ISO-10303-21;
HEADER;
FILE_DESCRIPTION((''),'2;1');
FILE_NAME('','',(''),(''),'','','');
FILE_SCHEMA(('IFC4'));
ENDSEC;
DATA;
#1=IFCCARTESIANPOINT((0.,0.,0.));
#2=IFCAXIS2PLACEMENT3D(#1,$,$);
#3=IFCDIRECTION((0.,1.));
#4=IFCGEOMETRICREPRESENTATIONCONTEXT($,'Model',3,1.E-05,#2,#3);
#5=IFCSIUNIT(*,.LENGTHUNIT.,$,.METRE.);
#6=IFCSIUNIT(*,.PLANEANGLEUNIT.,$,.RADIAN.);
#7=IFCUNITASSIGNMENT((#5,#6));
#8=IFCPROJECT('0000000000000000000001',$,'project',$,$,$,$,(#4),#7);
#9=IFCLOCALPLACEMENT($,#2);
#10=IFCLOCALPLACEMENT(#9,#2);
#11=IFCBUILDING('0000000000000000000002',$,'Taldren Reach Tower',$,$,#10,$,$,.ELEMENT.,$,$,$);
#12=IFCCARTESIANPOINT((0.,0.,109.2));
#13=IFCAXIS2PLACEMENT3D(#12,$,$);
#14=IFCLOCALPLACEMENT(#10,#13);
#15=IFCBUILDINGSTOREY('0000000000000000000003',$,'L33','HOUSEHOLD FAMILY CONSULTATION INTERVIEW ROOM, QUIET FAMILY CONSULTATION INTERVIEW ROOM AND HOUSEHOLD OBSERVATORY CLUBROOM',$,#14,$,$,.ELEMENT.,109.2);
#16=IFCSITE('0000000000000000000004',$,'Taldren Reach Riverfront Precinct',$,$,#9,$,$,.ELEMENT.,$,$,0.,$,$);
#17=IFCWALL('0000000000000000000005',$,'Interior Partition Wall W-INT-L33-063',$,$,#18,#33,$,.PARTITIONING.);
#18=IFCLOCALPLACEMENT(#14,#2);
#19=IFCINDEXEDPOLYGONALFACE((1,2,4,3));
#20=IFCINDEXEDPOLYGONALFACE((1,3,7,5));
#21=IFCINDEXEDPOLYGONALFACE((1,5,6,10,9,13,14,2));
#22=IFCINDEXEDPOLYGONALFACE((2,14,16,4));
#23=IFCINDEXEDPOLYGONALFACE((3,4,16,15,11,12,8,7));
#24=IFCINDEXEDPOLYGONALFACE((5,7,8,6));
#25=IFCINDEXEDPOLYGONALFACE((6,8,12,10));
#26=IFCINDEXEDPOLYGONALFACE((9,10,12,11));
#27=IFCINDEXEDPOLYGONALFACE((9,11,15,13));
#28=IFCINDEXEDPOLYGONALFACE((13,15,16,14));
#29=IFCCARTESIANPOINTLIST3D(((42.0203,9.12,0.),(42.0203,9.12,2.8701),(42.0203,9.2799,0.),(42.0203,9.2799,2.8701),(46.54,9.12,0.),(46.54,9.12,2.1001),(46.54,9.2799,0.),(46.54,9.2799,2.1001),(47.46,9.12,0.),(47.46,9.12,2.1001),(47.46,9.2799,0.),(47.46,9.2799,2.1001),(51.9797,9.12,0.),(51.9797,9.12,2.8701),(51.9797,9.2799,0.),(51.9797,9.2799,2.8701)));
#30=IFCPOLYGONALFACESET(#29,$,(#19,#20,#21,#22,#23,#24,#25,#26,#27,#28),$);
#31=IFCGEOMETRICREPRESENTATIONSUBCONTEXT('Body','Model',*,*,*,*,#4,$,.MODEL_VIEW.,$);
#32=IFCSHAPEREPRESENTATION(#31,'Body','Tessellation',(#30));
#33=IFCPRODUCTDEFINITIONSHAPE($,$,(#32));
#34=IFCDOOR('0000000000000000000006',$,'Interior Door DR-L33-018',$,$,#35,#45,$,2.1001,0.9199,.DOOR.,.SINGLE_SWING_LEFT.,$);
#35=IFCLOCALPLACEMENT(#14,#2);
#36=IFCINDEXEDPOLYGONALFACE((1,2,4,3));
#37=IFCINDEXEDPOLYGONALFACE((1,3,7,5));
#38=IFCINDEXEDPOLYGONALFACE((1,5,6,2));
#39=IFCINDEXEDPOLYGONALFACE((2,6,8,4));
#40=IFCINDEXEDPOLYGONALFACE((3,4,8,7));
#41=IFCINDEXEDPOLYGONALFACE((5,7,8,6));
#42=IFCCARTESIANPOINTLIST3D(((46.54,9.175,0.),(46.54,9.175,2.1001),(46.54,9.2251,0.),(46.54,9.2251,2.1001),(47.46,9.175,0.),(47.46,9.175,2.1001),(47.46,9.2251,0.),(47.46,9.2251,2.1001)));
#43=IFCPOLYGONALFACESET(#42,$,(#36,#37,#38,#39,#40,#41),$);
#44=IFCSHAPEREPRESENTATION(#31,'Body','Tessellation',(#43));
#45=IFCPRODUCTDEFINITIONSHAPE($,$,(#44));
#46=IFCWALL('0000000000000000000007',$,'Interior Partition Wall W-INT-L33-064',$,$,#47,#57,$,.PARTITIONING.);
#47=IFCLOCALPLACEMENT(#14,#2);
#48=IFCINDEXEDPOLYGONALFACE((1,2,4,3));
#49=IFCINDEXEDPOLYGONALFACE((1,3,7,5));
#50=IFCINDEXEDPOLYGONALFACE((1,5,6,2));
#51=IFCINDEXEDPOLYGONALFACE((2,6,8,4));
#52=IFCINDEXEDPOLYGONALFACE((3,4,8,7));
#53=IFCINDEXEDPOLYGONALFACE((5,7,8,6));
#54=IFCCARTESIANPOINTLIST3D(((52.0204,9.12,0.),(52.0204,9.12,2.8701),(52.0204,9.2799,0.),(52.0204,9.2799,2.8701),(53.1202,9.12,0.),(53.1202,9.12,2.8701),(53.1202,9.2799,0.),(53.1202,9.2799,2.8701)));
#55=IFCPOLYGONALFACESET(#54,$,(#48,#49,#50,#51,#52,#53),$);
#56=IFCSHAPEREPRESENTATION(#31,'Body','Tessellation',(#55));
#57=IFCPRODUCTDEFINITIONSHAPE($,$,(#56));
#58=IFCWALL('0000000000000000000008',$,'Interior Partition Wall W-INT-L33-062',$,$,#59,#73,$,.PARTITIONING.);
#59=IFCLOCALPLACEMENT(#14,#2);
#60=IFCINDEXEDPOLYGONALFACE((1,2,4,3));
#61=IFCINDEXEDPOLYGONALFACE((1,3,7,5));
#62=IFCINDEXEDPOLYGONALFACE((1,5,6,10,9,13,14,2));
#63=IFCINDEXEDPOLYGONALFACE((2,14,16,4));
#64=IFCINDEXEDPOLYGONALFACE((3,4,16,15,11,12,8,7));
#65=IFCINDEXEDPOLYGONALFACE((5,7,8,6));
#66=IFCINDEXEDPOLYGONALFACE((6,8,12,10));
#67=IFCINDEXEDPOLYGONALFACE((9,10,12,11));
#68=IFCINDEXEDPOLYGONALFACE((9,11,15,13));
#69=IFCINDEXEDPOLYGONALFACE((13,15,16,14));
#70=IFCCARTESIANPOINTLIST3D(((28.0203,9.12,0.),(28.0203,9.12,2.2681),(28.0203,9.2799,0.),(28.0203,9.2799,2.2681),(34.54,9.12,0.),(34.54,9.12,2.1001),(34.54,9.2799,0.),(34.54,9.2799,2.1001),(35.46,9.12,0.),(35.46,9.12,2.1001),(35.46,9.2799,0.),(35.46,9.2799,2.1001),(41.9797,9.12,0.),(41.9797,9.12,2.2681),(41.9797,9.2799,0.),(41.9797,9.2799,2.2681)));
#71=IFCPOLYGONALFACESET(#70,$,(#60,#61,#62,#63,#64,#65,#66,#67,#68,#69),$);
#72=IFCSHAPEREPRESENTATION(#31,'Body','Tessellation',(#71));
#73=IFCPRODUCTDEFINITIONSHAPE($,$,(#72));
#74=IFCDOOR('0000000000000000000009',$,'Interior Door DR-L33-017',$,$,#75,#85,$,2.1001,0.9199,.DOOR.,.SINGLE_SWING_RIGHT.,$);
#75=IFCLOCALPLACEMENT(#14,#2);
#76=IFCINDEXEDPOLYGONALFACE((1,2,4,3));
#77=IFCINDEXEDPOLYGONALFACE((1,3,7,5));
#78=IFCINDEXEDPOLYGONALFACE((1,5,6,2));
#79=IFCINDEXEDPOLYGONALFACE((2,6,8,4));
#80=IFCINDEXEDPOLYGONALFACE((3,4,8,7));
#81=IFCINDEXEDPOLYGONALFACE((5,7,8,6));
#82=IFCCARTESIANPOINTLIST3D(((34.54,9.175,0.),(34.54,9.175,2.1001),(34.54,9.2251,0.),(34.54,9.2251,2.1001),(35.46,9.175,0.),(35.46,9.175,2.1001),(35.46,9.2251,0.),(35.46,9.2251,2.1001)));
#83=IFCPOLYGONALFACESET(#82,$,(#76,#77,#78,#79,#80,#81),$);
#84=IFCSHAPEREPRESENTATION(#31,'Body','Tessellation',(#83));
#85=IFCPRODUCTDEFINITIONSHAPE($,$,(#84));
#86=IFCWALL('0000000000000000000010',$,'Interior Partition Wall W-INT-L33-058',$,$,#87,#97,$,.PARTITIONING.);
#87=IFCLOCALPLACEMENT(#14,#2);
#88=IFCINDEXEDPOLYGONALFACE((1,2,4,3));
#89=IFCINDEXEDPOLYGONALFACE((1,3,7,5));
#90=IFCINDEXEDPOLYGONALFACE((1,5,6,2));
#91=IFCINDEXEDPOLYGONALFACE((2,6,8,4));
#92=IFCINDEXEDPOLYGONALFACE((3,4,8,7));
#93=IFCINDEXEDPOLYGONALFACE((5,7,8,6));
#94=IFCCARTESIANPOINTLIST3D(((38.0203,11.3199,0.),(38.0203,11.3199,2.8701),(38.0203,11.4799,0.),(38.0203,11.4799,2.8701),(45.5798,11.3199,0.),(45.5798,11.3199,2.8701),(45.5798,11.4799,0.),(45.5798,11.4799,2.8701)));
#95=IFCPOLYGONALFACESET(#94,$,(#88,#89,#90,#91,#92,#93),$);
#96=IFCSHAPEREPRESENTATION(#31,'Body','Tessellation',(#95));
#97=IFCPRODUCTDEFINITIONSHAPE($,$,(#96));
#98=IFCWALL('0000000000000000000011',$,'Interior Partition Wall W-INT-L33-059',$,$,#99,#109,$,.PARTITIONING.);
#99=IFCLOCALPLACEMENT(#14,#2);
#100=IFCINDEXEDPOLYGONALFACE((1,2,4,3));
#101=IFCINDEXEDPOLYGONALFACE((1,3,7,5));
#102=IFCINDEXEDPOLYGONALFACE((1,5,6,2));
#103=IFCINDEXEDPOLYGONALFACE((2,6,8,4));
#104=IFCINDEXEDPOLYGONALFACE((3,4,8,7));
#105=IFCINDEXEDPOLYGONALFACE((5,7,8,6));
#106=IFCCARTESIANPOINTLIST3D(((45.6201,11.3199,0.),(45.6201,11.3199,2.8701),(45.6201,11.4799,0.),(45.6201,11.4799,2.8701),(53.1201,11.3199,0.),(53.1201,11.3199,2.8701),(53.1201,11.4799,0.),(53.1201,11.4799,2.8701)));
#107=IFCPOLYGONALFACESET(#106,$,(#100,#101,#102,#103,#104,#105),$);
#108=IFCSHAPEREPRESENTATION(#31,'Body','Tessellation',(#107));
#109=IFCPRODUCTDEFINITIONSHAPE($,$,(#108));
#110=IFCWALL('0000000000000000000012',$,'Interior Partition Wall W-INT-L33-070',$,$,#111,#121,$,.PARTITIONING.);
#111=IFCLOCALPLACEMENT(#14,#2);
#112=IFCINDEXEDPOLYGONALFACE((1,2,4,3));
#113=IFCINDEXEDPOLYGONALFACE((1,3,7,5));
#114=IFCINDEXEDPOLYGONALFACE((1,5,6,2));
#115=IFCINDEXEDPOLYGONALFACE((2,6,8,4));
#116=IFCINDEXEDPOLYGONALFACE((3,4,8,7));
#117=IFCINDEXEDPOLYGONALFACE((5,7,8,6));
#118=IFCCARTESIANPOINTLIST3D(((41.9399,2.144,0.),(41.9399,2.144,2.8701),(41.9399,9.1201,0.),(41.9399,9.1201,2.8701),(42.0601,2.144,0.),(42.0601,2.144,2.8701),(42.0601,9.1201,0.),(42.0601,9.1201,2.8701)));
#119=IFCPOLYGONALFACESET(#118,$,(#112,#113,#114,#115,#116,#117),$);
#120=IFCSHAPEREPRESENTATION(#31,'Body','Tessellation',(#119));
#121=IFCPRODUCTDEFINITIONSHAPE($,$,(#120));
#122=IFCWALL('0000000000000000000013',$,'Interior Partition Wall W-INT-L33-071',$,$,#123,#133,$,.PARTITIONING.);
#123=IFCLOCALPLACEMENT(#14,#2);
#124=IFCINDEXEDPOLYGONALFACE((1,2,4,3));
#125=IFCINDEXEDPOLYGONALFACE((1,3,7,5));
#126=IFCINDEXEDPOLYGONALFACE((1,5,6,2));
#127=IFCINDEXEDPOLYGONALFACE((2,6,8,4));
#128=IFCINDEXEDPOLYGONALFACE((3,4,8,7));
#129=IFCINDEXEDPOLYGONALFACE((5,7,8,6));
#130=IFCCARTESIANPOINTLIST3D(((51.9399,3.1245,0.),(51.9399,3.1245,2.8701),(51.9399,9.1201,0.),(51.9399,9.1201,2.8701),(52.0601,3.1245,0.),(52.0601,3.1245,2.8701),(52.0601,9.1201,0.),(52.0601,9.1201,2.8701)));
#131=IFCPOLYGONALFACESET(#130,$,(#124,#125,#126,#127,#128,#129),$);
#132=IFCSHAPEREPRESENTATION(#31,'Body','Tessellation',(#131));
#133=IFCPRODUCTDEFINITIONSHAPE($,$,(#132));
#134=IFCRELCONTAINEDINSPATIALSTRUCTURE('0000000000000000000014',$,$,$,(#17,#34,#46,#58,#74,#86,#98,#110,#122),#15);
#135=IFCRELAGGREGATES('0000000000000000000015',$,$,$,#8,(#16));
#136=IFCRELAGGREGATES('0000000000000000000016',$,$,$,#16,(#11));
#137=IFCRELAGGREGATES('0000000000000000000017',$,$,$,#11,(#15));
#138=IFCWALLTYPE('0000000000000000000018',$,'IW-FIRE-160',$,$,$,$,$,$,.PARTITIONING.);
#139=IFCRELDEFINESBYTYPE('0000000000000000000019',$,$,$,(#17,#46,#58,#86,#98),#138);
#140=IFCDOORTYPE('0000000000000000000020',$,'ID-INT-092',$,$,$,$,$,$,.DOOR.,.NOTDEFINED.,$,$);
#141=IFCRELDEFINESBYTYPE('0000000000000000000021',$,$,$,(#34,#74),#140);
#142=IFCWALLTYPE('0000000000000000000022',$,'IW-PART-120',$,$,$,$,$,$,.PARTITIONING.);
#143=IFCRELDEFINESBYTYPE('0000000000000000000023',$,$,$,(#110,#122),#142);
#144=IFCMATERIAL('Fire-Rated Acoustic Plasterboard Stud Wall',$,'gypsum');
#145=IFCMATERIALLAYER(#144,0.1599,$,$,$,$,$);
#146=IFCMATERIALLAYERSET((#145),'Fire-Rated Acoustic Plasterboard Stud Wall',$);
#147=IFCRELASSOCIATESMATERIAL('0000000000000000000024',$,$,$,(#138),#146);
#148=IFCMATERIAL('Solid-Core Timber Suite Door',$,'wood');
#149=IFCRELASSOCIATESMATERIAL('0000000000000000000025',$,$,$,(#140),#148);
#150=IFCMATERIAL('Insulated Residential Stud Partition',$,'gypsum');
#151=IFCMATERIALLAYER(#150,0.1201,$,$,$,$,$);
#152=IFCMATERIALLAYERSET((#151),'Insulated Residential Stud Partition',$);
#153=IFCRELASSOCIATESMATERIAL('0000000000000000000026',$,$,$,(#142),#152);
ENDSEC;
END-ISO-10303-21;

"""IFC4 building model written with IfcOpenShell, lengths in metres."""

from ifc_helpers import new_model, si_unit, direction, frame, frame_2d, origin, place, context, subcontext, project, spatial, rectangle, extrude, source, transform, mapped, material, layer, layer_set, type_object, element, fill, save


model = new_model("IFC4")

# Units and contexts
model_context = context("Model", 3, precision=1e-05, world=origin(), true_north=direction((0.0, 1.0)))
body_context = subcontext(model_context, "Body", "Model", "MODEL_VIEW")
ifc_project = project(units=[si_unit("LENGTHUNIT", "METRE"), si_unit("PLANEANGLEUNIT", "RADIAN")], contexts=[model_context])

# Site, building, storey
site_placement = place(None, origin())
site = spatial("IfcSite", under=ifc_project, at=site_placement, Name="Taldren Reach Riverfront Precinct", CompositionType="ELEMENT", RefElevation=0.0)
building_placement = place(site_placement, origin())
building = spatial("IfcBuilding", under=site, at=building_placement, Name="Taldren Reach Tower", CompositionType="ELEMENT")
storey_placement = place(building_placement, frame((0.0, 0.0, 109.2)))
storey = spatial("IfcBuildingStorey", under=building, at=storey_placement, Name="L33", Description="HOUSEHOLD FAMILY CONSULTATION INTERVIEW ROOM, QUIET FAMILY CONSULTATION INTERVIEW ROOM AND HOUSEHOLD OBSERVATORY CLUBROOM", CompositionType="ELEMENT", Elevation=109.2)

# Wall, opening, door
ifc_material_1 = material(Name="Fire-Rated Acoustic Plasterboard Stud Wall", Category="gypsum")
ifc_layer_1 = layer(ifc_material_1, 0.1599)
ifc_layer_set_1 = layer_set([ifc_layer_1], Name="Fire-Rated Acoustic Plasterboard Stud Wall")
wall_type_1 = type_object("IfcWallType", Name="IW-FIRE-160", PredefinedType="PARTITIONING", material=ifc_layer_set_1)
shared_shape_1 = source(origin(), body_context, "Body", "SweptSolid", [
    extrude(rectangle(XDim=9.9595, YDim=0.1599, at=frame_2d((4.9797, 0.0))), origin(), (0.0, 0.0, 1.0), 2.8701),
])
wall_1_placement = place(storey_placement, frame((51.9797, 9.2, 0.0), z_axis=(0.0, 0.0, 1.0), x_axis=(-1.0, 0.0, 0.0)))
wall_1 = element("IfcWall", 1, at=wall_1_placement, inside=storey, type_object=wall_type_1, Name="Interior Partition Wall W-INT-L33-063", PredefinedType="PARTITIONING", context=body_context, shape_type="MappedRepresentation", body=[
    mapped(shared_shape_1, transform((0.0, 0.0, 0.0), scale=1.0)),
])
shared_shape_2 = source(origin(), body_context, "Body", "SweptSolid", [
    extrude(rectangle(XDim=0.9199, YDim=2.1001, at=frame_2d((0.46, 1.05))), frame((0.0, 0.0898, 0.0), z_axis=(0.0, -1.0, 0.0), x_axis=(1.0, 0.0, 0.0)), (0.0, 0.0, 1.0), 0.1799),
])
opening_1_placement = place(wall_1_placement, frame((4.5198, 0.0, 0.0)))
opening_1 = element("IfcOpeningElement", 2, at=opening_1_placement, cuts=wall_1, PredefinedType="OPENING", context=body_context, shape_type="MappedRepresentation", body=[
    mapped(shared_shape_2, transform((0.0, 0.0, 0.0), scale=1.0)),
])
ifc_material_2 = material(Name="Solid-Core Timber Suite Door", Category="wood")
door_type = type_object("IfcDoorType", Name="ID-INT-092", OperationType="NOTDEFINED", PredefinedType="DOOR", material=ifc_material_2)
shared_shape_3 = source(origin(), body_context, "Body", "SweptSolid", [
    extrude(rectangle(XDim=0.9199, YDim=2.1001, at=frame_2d((0.46, 1.05))), frame((0.0, 0.0249, 0.0), z_axis=(0.0, -1.0, 0.0), x_axis=(1.0, 0.0, 0.0)), (0.0, 0.0, 1.0), 0.05),
])
door_1_placement = place(opening_1_placement, origin())
door_1 = element("IfcDoor", 3, at=door_1_placement, inside=storey, type_object=door_type, Name="Interior Door DR-L33-018", OperationType="SINGLE_SWING_LEFT", OverallHeight=2.1001, OverallWidth=0.9199, PredefinedType="DOOR", context=body_context, shape_type="MappedRepresentation", body=[
    mapped(shared_shape_3, transform((0.0, 0.0, 0.0), scale=1.0)),
])
fill(opening_1, door_1)

# Wall
shared_shape_4 = source(origin(), body_context, "Body", "SweptSolid", [
    extrude(rectangle(XDim=1.0999, YDim=0.1599, at=frame_2d((0.5498, 0.0))), origin(), (0.0, 0.0, 1.0), 2.8701),
])
wall_2_placement = place(storey_placement, frame((53.1201, 9.2, 0.0), z_axis=(0.0, 0.0, 1.0), x_axis=(-1.0, 0.0, 0.0)))
element("IfcWall", 4, at=wall_2_placement, inside=storey, type_object=wall_type_1, Name="Interior Partition Wall W-INT-L33-064", PredefinedType="PARTITIONING", context=body_context, shape_type="MappedRepresentation", body=[
    mapped(shared_shape_4, transform((0.0, 0.0, 0.0), scale=1.0)),
])

# Wall, opening, door
shared_shape_5 = source(origin(), body_context, "Body", "SweptSolid", [
    extrude(rectangle(XDim=13.9595, YDim=0.1599, at=frame_2d((6.9797, 0.0))), origin(), (0.0, 0.0, 1.0), 2.2681),
])
wall_3_placement = place(storey_placement, frame((41.9797, 9.2, 0.0), z_axis=(0.0, 0.0, 1.0), x_axis=(-1.0, 0.0, 0.0)))
wall_3 = element("IfcWall", 5, at=wall_3_placement, inside=storey, type_object=wall_type_1, Name="Interior Partition Wall W-INT-L33-062", PredefinedType="PARTITIONING", context=body_context, shape_type="MappedRepresentation", body=[
    mapped(shared_shape_5, transform((0.0, 0.0, 0.0), scale=1.0)),
])
opening_2_placement = place(wall_3_placement, frame((6.5198, 0.0, 0.0)))
opening_2 = element("IfcOpeningElement", 6, at=opening_2_placement, cuts=wall_3, PredefinedType="OPENING", context=body_context, shape_type="MappedRepresentation", body=[
    mapped(shared_shape_2, transform((0.0, 0.0, 0.0), scale=1.0)),
])
door_2_placement = place(opening_2_placement, origin())
door_2 = element("IfcDoor", 7, at=door_2_placement, inside=storey, type_object=door_type, Name="Interior Door DR-L33-017", OperationType="SINGLE_SWING_RIGHT", OverallHeight=2.1001, OverallWidth=0.9199, PredefinedType="DOOR", context=body_context, shape_type="MappedRepresentation", body=[
    mapped(shared_shape_3, transform((0.0, 0.0, 0.0), scale=1.0)),
])
fill(opening_2, door_2)

# Walls
shared_shape_6 = source(origin(), body_context, "Body", "SweptSolid", [
    extrude(rectangle(XDim=7.5596, YDim=0.1599, at=frame_2d((3.7798, 0.0))), origin(), (0.0, 0.0, 1.0), 2.8701),
])
wall_4_placement = place(storey_placement, frame((38.0203, 11.3999, 0.0), z_axis=(0.0, 0.0, 1.0), x_axis=(1.0, 0.0, 0.0)))
element("IfcWall", 8, at=wall_4_placement, inside=storey, type_object=wall_type_1, Name="Interior Partition Wall W-INT-L33-058", PredefinedType="PARTITIONING", context=body_context, shape_type="MappedRepresentation", body=[
    mapped(shared_shape_6, transform((0.0, 0.0, 0.0), scale=1.0)),
])
shared_shape_7 = source(origin(), body_context, "Body", "SweptSolid", [
    extrude(rectangle(XDim=7.5, YDim=0.1599, at=frame_2d((3.75, 0.0))), origin(), (0.0, 0.0, 1.0), 2.8701),
])
wall_5_placement = place(storey_placement, frame((45.6201, 11.3999, 0.0), z_axis=(0.0, 0.0, 1.0), x_axis=(1.0, 0.0, 0.0)))
element("IfcWall", 9, at=wall_5_placement, inside=storey, type_object=wall_type_1, Name="Interior Partition Wall W-INT-L33-059", PredefinedType="PARTITIONING", context=body_context, shape_type="MappedRepresentation", body=[
    mapped(shared_shape_7, transform((0.0, 0.0, 0.0), scale=1.0)),
])
ifc_material_3 = material(Name="Insulated Residential Stud Partition", Category="gypsum")
ifc_layer_2 = layer(ifc_material_3, 0.1201)
ifc_layer_set_2 = layer_set([ifc_layer_2], Name="Insulated Residential Stud Partition")
wall_type_2 = type_object("IfcWallType", Name="IW-PART-120", PredefinedType="PARTITIONING", material=ifc_layer_set_2)
shared_shape_8 = source(origin(), body_context, "Body", "SweptSolid", [
    extrude(rectangle(XDim=6.9761, YDim=0.1201, at=frame_2d((3.488, 0.0))), origin(), (0.0, 0.0, 1.0), 2.8701),
])
wall_6_placement = place(storey_placement, frame((42.0, 9.1201, 0.0), z_axis=(0.0, 0.0, 1.0), x_axis=(0.0, -1.0, 0.0)))
element("IfcWall", 10, at=wall_6_placement, inside=storey, type_object=wall_type_2, Name="Interior Partition Wall W-INT-L33-070", PredefinedType="PARTITIONING", context=body_context, shape_type="MappedRepresentation", body=[
    mapped(shared_shape_8, transform((0.0, 0.0, 0.0), scale=1.0)),
])
shared_shape_9 = source(origin(), body_context, "Body", "SweptSolid", [
    extrude(rectangle(XDim=5.9956, YDim=0.1201, at=frame_2d((2.9978, 0.0))), origin(), (0.0, 0.0, 1.0), 2.8701),
])
wall_7_placement = place(storey_placement, frame((52.0, 9.1201, 0.0), z_axis=(0.0, 0.0, 1.0), x_axis=(0.0, -1.0, 0.0)))
element("IfcWall", 11, at=wall_7_placement, inside=storey, type_object=wall_type_2, Name="Interior Partition Wall W-INT-L33-071", PredefinedType="PARTITIONING", context=body_context, shape_type="MappedRepresentation", body=[
    mapped(shared_shape_9, transform((0.0, 0.0, 0.0), scale=1.0)),
])

save(model, "model.ifc")
